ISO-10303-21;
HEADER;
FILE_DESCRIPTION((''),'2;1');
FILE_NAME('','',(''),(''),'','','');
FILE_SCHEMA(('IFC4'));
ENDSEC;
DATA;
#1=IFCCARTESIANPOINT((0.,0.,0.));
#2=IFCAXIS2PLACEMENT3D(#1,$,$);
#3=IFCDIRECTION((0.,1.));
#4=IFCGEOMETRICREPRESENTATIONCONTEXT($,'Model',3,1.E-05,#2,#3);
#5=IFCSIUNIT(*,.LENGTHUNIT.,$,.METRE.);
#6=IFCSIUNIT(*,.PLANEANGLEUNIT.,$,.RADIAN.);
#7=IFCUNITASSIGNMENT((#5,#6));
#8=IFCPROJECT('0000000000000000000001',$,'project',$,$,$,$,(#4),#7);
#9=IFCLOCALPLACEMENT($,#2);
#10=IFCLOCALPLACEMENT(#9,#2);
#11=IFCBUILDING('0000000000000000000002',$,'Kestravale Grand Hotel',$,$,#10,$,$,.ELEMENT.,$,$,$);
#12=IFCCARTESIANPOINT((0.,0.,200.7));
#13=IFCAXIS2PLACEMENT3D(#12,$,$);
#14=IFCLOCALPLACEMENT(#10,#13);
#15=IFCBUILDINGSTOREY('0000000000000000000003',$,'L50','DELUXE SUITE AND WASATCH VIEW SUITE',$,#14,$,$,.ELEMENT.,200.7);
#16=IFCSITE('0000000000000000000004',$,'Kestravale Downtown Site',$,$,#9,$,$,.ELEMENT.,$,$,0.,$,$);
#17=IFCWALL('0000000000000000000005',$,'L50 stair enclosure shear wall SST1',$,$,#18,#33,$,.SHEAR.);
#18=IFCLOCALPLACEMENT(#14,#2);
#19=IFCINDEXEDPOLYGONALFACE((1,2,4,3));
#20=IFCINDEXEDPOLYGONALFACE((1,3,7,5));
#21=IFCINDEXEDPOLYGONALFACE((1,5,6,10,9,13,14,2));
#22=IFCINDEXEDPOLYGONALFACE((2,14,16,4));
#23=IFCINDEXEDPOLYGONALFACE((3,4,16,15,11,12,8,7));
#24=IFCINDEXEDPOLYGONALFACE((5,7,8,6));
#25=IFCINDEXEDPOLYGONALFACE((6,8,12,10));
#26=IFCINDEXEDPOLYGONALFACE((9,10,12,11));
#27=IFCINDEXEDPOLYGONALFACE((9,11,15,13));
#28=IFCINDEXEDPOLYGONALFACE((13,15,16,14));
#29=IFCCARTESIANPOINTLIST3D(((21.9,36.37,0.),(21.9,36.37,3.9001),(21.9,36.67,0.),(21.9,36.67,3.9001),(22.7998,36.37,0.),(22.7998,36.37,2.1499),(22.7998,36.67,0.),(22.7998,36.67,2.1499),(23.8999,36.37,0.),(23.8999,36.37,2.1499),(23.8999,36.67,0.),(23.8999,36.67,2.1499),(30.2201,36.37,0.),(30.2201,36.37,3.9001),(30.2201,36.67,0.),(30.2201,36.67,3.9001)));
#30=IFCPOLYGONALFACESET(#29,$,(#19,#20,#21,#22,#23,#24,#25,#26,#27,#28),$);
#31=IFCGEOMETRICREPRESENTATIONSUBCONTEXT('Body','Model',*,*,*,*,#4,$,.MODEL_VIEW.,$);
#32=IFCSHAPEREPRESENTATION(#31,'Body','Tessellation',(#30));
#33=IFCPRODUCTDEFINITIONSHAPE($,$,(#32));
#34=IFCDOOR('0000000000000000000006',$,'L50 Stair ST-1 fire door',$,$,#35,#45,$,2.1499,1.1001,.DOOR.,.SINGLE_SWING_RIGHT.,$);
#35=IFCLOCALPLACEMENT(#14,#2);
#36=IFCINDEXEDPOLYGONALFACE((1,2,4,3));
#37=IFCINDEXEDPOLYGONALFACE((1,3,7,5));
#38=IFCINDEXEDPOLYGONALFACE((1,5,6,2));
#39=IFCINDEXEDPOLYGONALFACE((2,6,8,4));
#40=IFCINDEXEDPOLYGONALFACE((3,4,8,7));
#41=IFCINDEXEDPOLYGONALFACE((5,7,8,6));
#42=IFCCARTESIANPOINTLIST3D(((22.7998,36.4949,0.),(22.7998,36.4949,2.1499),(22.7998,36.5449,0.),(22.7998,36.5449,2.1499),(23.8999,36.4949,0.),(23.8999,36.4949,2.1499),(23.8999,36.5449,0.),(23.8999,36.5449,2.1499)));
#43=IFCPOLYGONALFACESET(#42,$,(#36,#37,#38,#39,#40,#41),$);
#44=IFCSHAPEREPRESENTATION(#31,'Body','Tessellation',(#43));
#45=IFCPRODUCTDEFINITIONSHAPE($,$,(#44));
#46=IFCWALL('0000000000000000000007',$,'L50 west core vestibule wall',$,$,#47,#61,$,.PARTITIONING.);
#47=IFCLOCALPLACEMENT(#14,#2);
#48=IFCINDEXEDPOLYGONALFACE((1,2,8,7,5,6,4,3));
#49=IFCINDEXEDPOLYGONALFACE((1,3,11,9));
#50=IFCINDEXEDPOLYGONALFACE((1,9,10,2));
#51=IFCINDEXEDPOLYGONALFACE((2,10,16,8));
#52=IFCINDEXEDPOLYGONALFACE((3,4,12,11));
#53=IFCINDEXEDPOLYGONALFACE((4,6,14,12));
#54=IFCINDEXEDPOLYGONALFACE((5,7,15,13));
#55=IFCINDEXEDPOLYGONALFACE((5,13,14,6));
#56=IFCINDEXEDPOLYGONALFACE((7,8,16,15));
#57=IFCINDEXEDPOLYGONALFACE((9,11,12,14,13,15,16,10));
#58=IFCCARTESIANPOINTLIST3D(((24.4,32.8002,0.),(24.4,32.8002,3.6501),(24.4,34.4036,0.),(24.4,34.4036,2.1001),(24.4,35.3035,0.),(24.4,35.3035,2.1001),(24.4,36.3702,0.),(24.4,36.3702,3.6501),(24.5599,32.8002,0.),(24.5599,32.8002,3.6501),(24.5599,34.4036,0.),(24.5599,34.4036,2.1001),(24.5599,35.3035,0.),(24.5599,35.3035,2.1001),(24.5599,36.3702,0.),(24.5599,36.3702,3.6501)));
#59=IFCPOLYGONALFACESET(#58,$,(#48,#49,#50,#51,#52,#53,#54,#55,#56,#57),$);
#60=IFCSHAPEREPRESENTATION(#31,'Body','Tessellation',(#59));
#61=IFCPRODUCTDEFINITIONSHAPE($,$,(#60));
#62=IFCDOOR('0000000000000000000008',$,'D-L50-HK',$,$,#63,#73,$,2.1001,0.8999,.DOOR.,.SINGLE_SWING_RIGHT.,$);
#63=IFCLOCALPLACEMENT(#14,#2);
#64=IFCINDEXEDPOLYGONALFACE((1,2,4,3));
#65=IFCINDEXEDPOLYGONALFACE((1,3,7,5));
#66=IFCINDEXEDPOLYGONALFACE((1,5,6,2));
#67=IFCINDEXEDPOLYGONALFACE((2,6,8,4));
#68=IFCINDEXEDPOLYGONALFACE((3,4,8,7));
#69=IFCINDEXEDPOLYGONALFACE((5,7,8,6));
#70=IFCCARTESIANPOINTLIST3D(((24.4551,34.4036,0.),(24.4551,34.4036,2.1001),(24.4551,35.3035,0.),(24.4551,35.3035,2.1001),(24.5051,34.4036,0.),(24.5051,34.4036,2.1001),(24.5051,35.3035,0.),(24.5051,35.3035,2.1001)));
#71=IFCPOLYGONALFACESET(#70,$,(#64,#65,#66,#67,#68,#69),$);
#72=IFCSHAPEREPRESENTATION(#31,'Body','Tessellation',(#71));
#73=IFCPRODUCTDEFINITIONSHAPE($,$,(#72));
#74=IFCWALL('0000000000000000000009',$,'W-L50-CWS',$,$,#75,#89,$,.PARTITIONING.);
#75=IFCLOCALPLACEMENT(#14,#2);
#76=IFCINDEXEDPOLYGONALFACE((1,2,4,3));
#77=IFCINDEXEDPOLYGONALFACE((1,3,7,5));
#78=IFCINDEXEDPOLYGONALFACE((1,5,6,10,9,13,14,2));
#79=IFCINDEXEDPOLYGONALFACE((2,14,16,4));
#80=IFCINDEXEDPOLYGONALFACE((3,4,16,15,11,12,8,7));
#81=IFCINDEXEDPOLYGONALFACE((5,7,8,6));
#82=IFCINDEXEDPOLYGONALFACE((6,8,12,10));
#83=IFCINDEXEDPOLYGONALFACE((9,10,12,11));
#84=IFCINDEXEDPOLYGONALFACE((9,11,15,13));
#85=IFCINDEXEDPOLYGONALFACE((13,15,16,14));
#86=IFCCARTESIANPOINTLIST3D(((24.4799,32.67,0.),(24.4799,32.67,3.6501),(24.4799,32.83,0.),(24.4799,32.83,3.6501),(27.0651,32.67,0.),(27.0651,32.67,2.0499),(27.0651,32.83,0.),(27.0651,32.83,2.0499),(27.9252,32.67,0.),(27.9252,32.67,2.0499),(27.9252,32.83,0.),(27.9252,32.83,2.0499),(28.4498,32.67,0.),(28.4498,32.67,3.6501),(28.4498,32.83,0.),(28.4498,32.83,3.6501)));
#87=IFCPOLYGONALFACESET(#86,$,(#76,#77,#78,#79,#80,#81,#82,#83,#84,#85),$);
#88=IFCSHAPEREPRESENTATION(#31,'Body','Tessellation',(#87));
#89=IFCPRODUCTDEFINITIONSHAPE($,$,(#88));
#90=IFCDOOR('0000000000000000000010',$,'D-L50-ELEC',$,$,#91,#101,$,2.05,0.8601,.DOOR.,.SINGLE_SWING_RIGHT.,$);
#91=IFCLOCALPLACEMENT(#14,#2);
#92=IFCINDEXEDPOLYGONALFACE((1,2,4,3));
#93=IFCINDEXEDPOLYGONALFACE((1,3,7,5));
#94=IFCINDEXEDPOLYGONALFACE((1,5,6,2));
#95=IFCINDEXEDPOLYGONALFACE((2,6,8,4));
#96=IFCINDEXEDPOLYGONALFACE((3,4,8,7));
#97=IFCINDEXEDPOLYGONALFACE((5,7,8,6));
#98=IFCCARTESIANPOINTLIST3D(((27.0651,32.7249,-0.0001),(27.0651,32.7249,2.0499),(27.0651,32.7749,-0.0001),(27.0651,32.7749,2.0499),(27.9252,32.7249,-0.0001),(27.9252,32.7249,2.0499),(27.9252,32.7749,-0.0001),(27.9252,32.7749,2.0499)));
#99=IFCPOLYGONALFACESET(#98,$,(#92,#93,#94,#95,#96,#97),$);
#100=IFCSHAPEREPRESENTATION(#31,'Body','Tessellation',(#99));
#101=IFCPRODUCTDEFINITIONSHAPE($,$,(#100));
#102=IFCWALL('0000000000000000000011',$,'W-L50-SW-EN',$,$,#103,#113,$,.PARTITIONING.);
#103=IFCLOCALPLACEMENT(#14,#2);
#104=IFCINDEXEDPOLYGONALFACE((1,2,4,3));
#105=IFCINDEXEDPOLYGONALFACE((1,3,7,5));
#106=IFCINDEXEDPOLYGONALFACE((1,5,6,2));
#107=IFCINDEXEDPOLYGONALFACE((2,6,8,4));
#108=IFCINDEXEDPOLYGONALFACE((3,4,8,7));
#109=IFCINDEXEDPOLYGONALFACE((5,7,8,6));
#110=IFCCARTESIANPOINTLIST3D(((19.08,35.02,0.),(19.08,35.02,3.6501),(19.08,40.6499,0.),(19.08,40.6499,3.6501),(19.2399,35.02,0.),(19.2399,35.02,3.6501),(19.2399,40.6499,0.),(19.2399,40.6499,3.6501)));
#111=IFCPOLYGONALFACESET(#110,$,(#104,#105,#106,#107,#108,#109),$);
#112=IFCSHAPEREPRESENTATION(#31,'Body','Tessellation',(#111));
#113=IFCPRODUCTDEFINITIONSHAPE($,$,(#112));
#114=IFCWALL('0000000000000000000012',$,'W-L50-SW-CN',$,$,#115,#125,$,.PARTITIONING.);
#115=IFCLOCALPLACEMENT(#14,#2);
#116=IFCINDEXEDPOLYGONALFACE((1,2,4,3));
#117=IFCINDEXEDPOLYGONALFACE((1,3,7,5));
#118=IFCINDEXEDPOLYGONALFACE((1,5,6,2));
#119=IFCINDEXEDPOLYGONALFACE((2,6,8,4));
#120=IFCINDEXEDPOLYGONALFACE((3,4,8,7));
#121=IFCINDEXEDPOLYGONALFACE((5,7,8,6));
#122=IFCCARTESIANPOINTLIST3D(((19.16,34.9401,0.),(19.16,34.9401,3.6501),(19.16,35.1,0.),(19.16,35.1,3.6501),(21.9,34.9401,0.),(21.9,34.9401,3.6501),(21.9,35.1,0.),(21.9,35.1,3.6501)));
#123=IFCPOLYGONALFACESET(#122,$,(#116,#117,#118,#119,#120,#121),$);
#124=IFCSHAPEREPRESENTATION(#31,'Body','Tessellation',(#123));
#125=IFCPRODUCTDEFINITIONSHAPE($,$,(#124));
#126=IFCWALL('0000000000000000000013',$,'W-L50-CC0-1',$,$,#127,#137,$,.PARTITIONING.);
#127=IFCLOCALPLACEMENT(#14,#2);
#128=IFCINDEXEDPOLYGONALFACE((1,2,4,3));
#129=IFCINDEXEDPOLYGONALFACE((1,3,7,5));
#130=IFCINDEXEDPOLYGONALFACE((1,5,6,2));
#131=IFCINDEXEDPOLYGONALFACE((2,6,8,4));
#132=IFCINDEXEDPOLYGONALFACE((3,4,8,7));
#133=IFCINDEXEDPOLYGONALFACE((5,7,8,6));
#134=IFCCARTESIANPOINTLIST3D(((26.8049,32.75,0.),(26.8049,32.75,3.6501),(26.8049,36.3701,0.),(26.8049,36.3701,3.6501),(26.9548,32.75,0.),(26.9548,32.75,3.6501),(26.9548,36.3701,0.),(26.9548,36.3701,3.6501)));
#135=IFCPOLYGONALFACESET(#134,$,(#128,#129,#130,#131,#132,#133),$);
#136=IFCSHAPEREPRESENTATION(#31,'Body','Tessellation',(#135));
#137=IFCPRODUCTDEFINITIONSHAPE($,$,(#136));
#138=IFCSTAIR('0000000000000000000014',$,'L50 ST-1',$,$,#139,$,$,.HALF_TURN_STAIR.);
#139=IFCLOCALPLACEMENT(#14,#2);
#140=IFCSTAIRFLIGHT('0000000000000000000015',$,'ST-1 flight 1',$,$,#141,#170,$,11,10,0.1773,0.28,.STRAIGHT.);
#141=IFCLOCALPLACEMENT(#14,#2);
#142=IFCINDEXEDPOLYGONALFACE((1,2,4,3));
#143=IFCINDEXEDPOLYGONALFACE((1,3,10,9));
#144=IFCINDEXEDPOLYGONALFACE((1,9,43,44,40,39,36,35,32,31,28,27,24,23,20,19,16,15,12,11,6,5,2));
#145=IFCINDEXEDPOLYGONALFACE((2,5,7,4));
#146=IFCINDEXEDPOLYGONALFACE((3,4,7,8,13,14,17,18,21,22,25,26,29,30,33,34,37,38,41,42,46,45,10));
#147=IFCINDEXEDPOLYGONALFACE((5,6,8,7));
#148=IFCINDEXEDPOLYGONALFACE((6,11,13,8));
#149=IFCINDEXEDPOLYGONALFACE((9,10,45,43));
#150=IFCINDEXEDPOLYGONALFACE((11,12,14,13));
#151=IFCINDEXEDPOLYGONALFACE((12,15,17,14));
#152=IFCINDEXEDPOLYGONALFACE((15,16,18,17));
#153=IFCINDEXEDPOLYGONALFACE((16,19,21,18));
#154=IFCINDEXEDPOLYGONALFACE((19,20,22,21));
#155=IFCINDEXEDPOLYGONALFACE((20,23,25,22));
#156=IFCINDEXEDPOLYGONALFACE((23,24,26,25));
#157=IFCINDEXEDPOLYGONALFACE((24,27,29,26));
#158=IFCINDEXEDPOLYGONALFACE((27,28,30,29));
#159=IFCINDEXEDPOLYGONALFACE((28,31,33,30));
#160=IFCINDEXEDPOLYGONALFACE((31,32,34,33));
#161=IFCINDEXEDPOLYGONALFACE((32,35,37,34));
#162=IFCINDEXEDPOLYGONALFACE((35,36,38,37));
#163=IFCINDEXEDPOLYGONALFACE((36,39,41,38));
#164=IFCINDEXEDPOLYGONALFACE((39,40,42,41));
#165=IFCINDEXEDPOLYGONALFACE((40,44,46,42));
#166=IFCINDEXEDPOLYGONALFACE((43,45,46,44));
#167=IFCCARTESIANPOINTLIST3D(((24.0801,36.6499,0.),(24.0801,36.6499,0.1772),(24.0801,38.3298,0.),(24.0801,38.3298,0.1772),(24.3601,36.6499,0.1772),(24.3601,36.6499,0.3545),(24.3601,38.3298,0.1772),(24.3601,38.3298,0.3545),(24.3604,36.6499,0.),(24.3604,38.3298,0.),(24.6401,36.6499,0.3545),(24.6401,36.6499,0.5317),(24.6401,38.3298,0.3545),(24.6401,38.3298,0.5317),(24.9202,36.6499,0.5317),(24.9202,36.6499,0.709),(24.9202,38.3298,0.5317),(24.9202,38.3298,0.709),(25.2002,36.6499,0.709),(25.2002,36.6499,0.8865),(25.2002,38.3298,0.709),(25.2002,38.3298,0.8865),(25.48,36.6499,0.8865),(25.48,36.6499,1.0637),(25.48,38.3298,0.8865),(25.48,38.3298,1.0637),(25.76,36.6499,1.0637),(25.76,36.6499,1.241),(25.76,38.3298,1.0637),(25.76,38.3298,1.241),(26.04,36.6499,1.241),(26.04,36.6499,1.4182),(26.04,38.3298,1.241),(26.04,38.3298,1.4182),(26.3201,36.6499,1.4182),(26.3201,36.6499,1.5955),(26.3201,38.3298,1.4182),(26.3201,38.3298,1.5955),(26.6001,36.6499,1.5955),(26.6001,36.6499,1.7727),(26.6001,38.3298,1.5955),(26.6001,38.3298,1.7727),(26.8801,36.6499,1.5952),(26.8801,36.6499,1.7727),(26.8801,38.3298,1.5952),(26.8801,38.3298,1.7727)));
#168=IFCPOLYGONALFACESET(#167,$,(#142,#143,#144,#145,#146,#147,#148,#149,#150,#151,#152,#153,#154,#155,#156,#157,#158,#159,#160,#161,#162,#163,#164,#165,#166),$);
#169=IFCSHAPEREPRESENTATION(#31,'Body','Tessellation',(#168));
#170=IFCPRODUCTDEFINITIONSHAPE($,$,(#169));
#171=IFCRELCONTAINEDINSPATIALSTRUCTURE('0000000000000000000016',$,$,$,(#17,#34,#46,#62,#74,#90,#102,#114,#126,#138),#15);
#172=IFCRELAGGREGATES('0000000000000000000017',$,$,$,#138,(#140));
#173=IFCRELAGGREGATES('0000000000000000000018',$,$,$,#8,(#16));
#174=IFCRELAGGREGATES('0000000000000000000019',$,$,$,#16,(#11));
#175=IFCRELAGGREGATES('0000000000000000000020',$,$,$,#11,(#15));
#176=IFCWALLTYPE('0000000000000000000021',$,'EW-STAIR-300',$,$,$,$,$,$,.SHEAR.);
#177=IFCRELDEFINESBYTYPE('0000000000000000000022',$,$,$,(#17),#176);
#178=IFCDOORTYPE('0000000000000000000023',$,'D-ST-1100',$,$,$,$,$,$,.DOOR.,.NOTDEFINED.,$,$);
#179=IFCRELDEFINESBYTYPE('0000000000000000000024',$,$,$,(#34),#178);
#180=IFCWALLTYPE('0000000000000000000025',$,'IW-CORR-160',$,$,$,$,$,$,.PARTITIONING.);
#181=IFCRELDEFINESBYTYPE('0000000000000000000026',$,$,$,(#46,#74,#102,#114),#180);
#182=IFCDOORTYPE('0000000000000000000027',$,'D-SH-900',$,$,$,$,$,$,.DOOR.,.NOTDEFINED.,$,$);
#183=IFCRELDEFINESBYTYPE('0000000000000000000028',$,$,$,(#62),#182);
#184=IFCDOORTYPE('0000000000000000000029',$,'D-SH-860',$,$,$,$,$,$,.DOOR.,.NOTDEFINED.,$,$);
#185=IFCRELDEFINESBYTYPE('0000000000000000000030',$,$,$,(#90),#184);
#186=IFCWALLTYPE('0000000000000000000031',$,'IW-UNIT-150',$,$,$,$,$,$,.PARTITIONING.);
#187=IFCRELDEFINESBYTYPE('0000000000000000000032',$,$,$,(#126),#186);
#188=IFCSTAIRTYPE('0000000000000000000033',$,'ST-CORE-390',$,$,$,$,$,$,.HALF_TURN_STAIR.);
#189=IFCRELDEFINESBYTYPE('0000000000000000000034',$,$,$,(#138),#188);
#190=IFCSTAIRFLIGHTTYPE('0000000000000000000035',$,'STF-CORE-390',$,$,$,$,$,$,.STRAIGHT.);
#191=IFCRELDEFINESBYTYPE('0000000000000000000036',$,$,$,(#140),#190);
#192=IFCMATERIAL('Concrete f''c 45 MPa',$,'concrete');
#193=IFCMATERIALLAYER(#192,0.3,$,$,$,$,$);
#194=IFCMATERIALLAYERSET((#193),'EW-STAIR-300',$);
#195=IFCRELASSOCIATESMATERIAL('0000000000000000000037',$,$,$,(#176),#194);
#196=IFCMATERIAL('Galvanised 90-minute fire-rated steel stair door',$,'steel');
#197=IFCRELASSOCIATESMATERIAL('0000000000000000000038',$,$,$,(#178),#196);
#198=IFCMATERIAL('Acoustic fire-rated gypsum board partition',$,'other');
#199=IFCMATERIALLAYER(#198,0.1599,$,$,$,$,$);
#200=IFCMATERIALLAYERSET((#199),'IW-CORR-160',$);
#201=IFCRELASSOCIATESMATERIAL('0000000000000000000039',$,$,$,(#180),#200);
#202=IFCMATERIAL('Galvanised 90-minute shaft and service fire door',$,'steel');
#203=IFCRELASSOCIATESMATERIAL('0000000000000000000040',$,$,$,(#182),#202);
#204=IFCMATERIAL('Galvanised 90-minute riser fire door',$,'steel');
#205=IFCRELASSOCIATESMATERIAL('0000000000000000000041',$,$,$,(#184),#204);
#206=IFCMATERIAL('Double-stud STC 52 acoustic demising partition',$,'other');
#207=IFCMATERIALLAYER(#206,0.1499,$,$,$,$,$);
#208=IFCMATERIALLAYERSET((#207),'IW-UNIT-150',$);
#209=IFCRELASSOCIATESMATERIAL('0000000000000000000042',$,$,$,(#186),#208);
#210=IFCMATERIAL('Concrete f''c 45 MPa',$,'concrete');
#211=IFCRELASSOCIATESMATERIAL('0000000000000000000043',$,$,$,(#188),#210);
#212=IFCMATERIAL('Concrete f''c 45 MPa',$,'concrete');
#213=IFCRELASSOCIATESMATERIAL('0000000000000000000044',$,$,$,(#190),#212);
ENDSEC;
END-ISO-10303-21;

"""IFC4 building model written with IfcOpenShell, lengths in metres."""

from ifc_helpers import new_model, si_unit, direction, frame, frame_2d, origin, place, context, subcontext, project, spatial, polyline, rectangle, outline, extrude, material, layer, layer_set, type_object, element, fill, aggregate, save


model = new_model("IFC4")

# Units and contexts
model_context = context("Model", 3, precision=1e-05, world=origin(), true_north=direction((0.0, 1.0)))
body_context = subcontext(model_context, "Body", "Model", "MODEL_VIEW")
ifc_project = project(units=[si_unit("LENGTHUNIT", "METRE"), si_unit("PLANEANGLEUNIT", "RADIAN")], contexts=[model_context])

# Site, building, storey
site_placement = place(None, origin())
site = spatial("IfcSite", under=ifc_project, at=site_placement, Name="Kestravale Downtown Site", CompositionType="ELEMENT", RefElevation=0.0)
building_placement = place(site_placement, origin())
building = spatial("IfcBuilding", under=site, at=building_placement, Name="Kestravale Grand Hotel", CompositionType="ELEMENT")
storey_placement = place(building_placement, frame((0.0, 0.0, 200.7)))
storey = spatial("IfcBuildingStorey", under=building, at=storey_placement, Name="L50", Description="DELUXE SUITE AND WASATCH VIEW SUITE", CompositionType="ELEMENT", Elevation=200.7)

# Walls, openings, doors
ifc_material_1 = material(Name="Concrete f'c 45 MPa", Category="concrete")
ifc_layer_1 = layer(ifc_material_1, 0.3)
ifc_layer_set_1 = layer_set([ifc_layer_1], Name="EW-STAIR-300")
wall_type_1 = type_object("IfcWallType", Name="EW-STAIR-300", PredefinedType="SHEAR", material=ifc_layer_set_1)
wall_1_placement = place(storey_placement, frame((21.8999, 36.52, 0.0), z_axis=(0.0, 0.0, 1.0), x_axis=(1.0, 0.0, 0.0)))
wall_1 = element("IfcWall", 1, at=wall_1_placement, inside=storey, type_object=wall_type_1, Name="L50 stair enclosure shear wall SST1", PredefinedType="SHEAR", context=body_context, shape_type="SweptSolid", body=[
    extrude(rectangle(XDim=8.3201, YDim=0.3, at=frame_2d((4.1602, 0.0))), origin(), (0.0, 0.0, 1.0), 3.9001),
])
opening_1_placement = place(wall_1_placement, frame((0.8999, 0.0, 0.0)))
opening_1 = element("IfcOpeningElement", 2, at=opening_1_placement, cuts=wall_1, PredefinedType="OPENING", context=body_context, shape_type="SweptSolid", body=[
    extrude(rectangle(XDim=1.1001, YDim=2.1499, at=frame_2d((0.55, 1.075))), frame((0.0, 0.1599, 0.0), z_axis=(0.0, -1.0, 0.0), x_axis=(1.0, 0.0, 0.0)), (0.0, 0.0, 1.0), 0.3201),
])
ifc_material_2 = material(Name="Galvanised 90-minute fire-rated steel stair door", Category="steel")
door_type_1 = type_object("IfcDoorType", Name="D-ST-1100", OperationType="NOTDEFINED", PredefinedType="DOOR", material=ifc_material_2)
door_1_placement = place(opening_1_placement, origin())
door_1 = element("IfcDoor", 3, at=door_1_placement, inside=storey, type_object=door_type_1, Name="L50 Stair ST-1 fire door", OperationType="SINGLE_SWING_RIGHT", OverallHeight=2.1499, OverallWidth=1.1001, PredefinedType="DOOR", context=body_context, shape_type="SweptSolid", body=[
    extrude(rectangle(XDim=1.1001, YDim=2.1499, at=frame_2d((0.55, 1.075))), frame((0.0, 0.0249, 0.0), z_axis=(0.0, -1.0, 0.0), x_axis=(1.0, 0.0, 0.0)), (0.0, 0.0, 1.0), 0.05),
])
fill(opening_1, door_1)
ifc_material_3 = material(Name="Acoustic fire-rated gypsum board partition", Category="other")
ifc_layer_2 = layer(ifc_material_3, 0.1599)
ifc_layer_set_2 = layer_set([ifc_layer_2], Name="IW-CORR-160")
wall_type_2 = type_object("IfcWallType", Name="IW-CORR-160", PredefinedType="PARTITIONING", material=ifc_layer_set_2)
wall_2_placement = place(storey_placement, frame((24.48, 32.8, 0.0), z_axis=(0.0, 0.0, 1.0), x_axis=(0.0, 1.0, 0.0)))
wall_2 = element("IfcWall", 4, at=wall_2_placement, inside=storey, type_object=wall_type_2, Name="L50 west core vestibule wall", PredefinedType="PARTITIONING", context=body_context, shape_type="SweptSolid", body=[
    extrude(rectangle(XDim=3.5701, YDim=0.1599, at=frame_2d((1.7852, 0.0))), origin(), (0.0, 0.0, 1.0), 3.6501),
])
opening_2_placement = place(wall_2_placement, frame((1.6035, 0.0, 0.0)))
opening_2 = element("IfcOpeningElement", 5, at=opening_2_placement, cuts=wall_2, PredefinedType="OPENING", context=body_context, shape_type="SweptSolid", body=[
    extrude(rectangle(XDim=0.8999, YDim=2.1001, at=frame_2d((0.45, 1.05))), frame((0.0, 0.0898, 0.0), z_axis=(0.0, -1.0, 0.0), x_axis=(1.0, 0.0, 0.0)), (0.0, 0.0, 1.0), 0.1799),
])
ifc_material_4 = material(Name="Galvanised 90-minute shaft and service fire door", Category="steel")
door_type_2 = type_object("IfcDoorType", Name="D-SH-900", OperationType="NOTDEFINED", PredefinedType="DOOR", material=ifc_material_4)
door_2_placement = place(opening_2_placement, origin())
door_2 = element("IfcDoor", 6, at=door_2_placement, inside=storey, type_object=door_type_2, Name="D-L50-HK", OperationType="SINGLE_SWING_RIGHT", OverallHeight=2.1001, OverallWidth=0.8999, PredefinedType="DOOR", context=body_context, shape_type="SweptSolid", body=[
    extrude(rectangle(XDim=0.8999, YDim=2.1001, at=frame_2d((0.45, 1.05))), frame((0.0, 0.0249, 0.0), z_axis=(0.0, -1.0, 0.0), x_axis=(1.0, 0.0, 0.0)), (0.0, 0.0, 1.0), 0.05),
])
fill(opening_2, door_2)
wall_3_placement = place(storey_placement, frame((24.48, 32.75, 0.0), z_axis=(0.0, 0.0, 1.0), x_axis=(1.0, 0.0, 0.0)))
wall_3 = element("IfcWall", 7, at=wall_3_placement, inside=storey, type_object=wall_type_2, Name="W-L50-CWS", PredefinedType="PARTITIONING", context=body_context, shape_type="SweptSolid", body=[
    extrude(rectangle(XDim=3.97, YDim=0.1599, at=frame_2d((1.9849, 0.0))), origin(), (0.0, 0.0, 1.0), 3.6501),
])
opening_3_placement = place(wall_3_placement, frame((2.585, 0.0, 0.0)))
opening_3 = element("IfcOpeningElement", 8, at=opening_3_placement, cuts=wall_3, PredefinedType="OPENING", context=body_context, shape_type="SweptSolid", body=[
    extrude(rectangle(XDim=0.8601, YDim=2.05, at=frame_2d((0.4302, 1.0249))), frame((0.0, 0.0898, 0.0), z_axis=(0.0, -1.0, 0.0), x_axis=(1.0, 0.0, 0.0)), (0.0, 0.0, 1.0), 0.1799),
])
ifc_material_5 = material(Name="Galvanised 90-minute riser fire door", Category="steel")
door_type_3 = type_object("IfcDoorType", Name="D-SH-860", OperationType="NOTDEFINED", PredefinedType="DOOR", material=ifc_material_5)
door_3_placement = place(opening_3_placement, origin())
door_3 = element("IfcDoor", 9, at=door_3_placement, inside=storey, type_object=door_type_3, Name="D-L50-ELEC", OperationType="SINGLE_SWING_RIGHT", OverallHeight=2.05, OverallWidth=0.8601, PredefinedType="DOOR", context=body_context, shape_type="SweptSolid", body=[
    extrude(rectangle(XDim=0.8601, YDim=2.05, at=frame_2d((0.4302, 1.0249))), frame((0.0, 0.0249, 0.0), z_axis=(0.0, -1.0, 0.0), x_axis=(1.0, 0.0, 0.0)), (0.0, 0.0, 1.0), 0.05),
])
fill(opening_3, door_3)

# Walls
wall_4_placement = place(storey_placement, frame((19.1599, 35.02, 0.0), z_axis=(0.0, 0.0, 1.0), x_axis=(0.0, 1.0, 0.0)))
element("IfcWall", 10, at=wall_4_placement, inside=storey, type_object=wall_type_2, Name="W-L50-SW-EN", PredefinedType="PARTITIONING", context=body_context, shape_type="SweptSolid", body=[
    extrude(rectangle(XDim=5.6299, YDim=0.1599, at=frame_2d((2.8149, 0.0))), origin(), (0.0, 0.0, 1.0), 3.6501),
])
wall_5_placement = place(storey_placement, frame((19.1599, 35.02, 0.0), z_axis=(0.0, 0.0, 1.0), x_axis=(1.0, 0.0, 0.0)))
element("IfcWall", 11, at=wall_5_placement, inside=storey, type_object=wall_type_2, Name="W-L50-SW-CN", PredefinedType="PARTITIONING", context=body_context, shape_type="SweptSolid", body=[
    extrude(rectangle(XDim=2.74, YDim=0.1599, at=frame_2d((1.3701, 0.0))), origin(), (0.0, 0.0, 1.0), 3.6501),
])
ifc_material_6 = material(Name="Double-stud STC 52 acoustic demising partition", Category="other")
ifc_layer_3 = layer(ifc_material_6, 0.1499)
ifc_layer_set_3 = layer_set([ifc_layer_3], Name="IW-UNIT-150")
wall_type_3 = type_object("IfcWallType", Name="IW-UNIT-150", PredefinedType="PARTITIONING", material=ifc_layer_set_3)
wall_6_placement = place(storey_placement, frame((26.8799, 32.75, 0.0), z_axis=(0.0, 0.0, 1.0), x_axis=(0.0, 1.0, 0.0)))
element("IfcWall", 12, at=wall_6_placement, inside=storey, type_object=wall_type_3, Name="W-L50-CC0-1", PredefinedType="PARTITIONING", context=body_context, shape_type="SweptSolid", body=[
    extrude(rectangle(XDim=3.6201, YDim=0.1499, at=frame_2d((1.8101, 0.0))), origin(), (0.0, 0.0, 1.0), 3.6501),
])

# Stair, stair flight
ifc_material_7 = material(Name="Concrete f'c 45 MPa", Category="concrete")
stair_type = type_object("IfcStairType", Name="ST-CORE-390", PredefinedType="HALF_TURN_STAIR", material=ifc_material_7)
stair_placement = place(storey_placement, origin())
stair = element("IfcStair", 13, at=stair_placement, inside=storey, type_object=stair_type, Name="L50 ST-1", PredefinedType="HALF_TURN_STAIR")
ifc_material_8 = material(Name="Concrete f'c 45 MPa", Category="concrete")
stair_flight_type = type_object("IfcStairFlightType", Name="STF-CORE-390", PredefinedType="STRAIGHT", material=ifc_material_8)
stair_flight_placement = place(storey_placement, frame((24.0801, 37.49, 0.0), z_axis=(0.0, 0.0, 1.0), x_axis=(1.0, 0.0, 0.0)))
stair_flight = element("IfcStairFlight", 14, at=stair_flight_placement, type_object=stair_flight_type, Name="ST-1 flight 1", NumberOfRisers=11, NumberOfTreads=10, PredefinedType="STRAIGHT", RiserHeight=0.1773, TreadLength=0.28, context=body_context, shape_type="SweptSolid", body=[
    extrude(outline(polyline([(0.0, 0.0), (0.0, 0.1772), (0.28, 0.1772), (0.28, 0.3545), (0.5601, 0.3545), (0.5601, 0.5317), (0.8401, 0.5317), (0.8401, 0.709), (1.1201, 0.709), (1.1201, 0.8865), (1.3999, 0.8865), (1.3999, 1.0637), (1.6799, 1.0637), (1.6799, 1.241), (1.96, 1.241), (1.96, 1.4182), (2.24, 1.4182), (2.24, 1.5955), (2.52, 1.5955), (2.52, 1.7727), (2.8, 1.7727), (2.8, 1.95), (2.8, 1.5952), (0.2803, 0.0), (0.0, 0.0)])), frame((0.0, 0.8398, 0.0), z_axis=(0.0, -1.0, 0.0), x_axis=(1.0, 0.0, 0.0)), (0.0, 0.0, 1.0), 1.6799),
])
aggregate(stair, [stair_flight])

save(model, "model.ifc")
